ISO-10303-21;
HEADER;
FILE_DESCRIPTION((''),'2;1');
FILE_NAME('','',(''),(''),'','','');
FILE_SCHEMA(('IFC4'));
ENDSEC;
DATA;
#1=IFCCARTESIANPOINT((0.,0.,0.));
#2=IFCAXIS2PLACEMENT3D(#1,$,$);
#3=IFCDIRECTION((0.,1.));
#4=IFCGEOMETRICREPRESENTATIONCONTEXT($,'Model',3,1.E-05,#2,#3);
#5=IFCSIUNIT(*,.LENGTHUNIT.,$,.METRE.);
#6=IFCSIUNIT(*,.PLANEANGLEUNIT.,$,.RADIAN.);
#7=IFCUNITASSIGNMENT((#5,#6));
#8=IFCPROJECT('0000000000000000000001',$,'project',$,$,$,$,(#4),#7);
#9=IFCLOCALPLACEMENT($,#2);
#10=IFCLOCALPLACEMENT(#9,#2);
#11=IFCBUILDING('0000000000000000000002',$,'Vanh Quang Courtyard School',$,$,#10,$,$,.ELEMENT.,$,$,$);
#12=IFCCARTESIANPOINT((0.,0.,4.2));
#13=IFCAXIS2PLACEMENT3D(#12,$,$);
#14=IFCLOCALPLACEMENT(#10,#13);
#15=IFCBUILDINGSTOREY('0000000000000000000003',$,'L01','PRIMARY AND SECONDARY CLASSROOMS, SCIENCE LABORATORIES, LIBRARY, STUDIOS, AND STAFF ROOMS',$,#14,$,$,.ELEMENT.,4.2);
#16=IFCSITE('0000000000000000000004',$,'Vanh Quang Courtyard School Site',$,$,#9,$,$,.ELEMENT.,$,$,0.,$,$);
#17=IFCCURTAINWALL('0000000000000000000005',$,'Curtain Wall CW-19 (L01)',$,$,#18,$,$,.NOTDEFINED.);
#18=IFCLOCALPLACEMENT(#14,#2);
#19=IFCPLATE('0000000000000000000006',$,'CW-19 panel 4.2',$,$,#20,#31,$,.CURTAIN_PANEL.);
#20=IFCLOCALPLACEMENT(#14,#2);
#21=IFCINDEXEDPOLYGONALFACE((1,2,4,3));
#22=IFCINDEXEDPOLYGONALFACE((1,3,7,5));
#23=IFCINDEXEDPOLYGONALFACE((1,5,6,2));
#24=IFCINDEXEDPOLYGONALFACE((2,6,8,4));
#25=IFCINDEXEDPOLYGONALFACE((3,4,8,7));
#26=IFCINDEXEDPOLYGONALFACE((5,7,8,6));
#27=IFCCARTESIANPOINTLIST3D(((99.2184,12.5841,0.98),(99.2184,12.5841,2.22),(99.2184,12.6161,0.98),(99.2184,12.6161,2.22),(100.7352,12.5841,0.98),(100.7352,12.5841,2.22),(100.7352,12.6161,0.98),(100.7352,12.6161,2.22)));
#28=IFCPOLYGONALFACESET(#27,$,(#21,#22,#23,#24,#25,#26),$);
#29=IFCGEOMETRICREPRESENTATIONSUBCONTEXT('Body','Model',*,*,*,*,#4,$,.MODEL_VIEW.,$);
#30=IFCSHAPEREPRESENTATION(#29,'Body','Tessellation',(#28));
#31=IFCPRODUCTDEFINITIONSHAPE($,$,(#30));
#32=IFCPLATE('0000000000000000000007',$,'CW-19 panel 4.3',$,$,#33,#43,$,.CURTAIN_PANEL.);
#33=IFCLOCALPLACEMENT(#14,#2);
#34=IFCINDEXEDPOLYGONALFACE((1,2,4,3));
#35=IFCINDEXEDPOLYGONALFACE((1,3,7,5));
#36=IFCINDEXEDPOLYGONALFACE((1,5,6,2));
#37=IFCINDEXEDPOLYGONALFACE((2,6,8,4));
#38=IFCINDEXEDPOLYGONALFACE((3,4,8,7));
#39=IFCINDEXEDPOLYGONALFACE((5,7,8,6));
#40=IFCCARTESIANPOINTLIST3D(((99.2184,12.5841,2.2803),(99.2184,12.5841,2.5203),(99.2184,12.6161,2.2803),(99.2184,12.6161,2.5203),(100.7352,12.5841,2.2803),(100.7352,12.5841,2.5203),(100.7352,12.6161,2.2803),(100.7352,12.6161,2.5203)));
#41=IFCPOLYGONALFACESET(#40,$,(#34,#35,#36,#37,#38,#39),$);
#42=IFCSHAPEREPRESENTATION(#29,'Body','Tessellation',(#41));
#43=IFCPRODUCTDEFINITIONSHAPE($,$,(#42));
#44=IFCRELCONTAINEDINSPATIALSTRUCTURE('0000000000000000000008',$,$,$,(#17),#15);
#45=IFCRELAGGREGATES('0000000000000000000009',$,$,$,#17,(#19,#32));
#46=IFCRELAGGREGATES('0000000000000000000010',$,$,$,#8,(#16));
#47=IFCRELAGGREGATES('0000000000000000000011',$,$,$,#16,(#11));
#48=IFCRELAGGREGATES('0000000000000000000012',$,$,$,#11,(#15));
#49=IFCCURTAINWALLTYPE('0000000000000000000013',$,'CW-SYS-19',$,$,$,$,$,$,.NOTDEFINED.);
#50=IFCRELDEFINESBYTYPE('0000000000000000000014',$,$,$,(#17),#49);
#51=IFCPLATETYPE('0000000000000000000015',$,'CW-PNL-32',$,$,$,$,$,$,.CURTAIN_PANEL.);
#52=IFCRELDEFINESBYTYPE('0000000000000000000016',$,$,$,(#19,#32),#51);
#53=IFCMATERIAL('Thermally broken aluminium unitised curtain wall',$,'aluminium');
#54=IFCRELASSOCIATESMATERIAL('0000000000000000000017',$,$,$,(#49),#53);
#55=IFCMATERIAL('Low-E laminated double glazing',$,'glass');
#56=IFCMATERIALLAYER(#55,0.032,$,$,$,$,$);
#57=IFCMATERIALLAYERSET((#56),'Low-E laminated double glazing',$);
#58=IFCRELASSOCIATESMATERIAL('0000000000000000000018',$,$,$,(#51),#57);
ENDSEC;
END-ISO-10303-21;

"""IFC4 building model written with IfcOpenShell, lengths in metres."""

from ifc_helpers import new_model, si_unit, direction, frame, origin, origin_2d, place, context, subcontext, project, spatial, rectangle, extrude, material, layer, layer_set, type_object, element, aggregate, save


model = new_model("IFC4")

# Units and contexts
model_context = context("Model", 3, precision=1e-05, world=origin(), true_north=direction((0.0, 1.0)))
body_context = subcontext(model_context, "Body", "Model", "MODEL_VIEW")
ifc_project = project(units=[si_unit("LENGTHUNIT", "METRE"), si_unit("PLANEANGLEUNIT", "RADIAN")], contexts=[model_context])

# Site, building, storey
site_placement = place(None, origin())
site = spatial("IfcSite", under=ifc_project, at=site_placement, Name="Vanh Quang Courtyard School Site", CompositionType="ELEMENT", RefElevation=0.0)
building_placement = place(site_placement, origin())
building = spatial("IfcBuilding", under=site, at=building_placement, Name="Vanh Quang Courtyard School", CompositionType="ELEMENT")
storey_placement = place(building_placement, frame((0.0, 0.0, 4.2)))
storey = spatial("IfcBuildingStorey", under=building, at=storey_placement, Name="L01", Description="PRIMARY AND SECONDARY CLASSROOMS, SCIENCE LABORATORIES, LIBRARY, STUDIOS, AND STAFF ROOMS", CompositionType="ELEMENT", Elevation=4.2)

# Curtain wall
ifc_material_1 = material(Name="Thermally broken aluminium unitised curtain wall", Category="aluminium")
curtain_wall_type_1 = type_object("IfcCurtainWallType", Name="CW-SYS-19", PredefinedType="NOTDEFINED", material=ifc_material_1)
curtain_wall_1_placement = place(storey_placement, origin())
curtain_wall_1 = element("IfcCurtainWall", 1, at=curtain_wall_1_placement, inside=storey, type_object=curtain_wall_type_1, Name="Curtain Wall CW-19 (L01)", PredefinedType="NOTDEFINED")

# Plates
ifc_material_2 = material(Name="Low-E laminated double glazing", Category="glass")
ifc_layer = layer(ifc_material_2, 0.032)
ifc_layer_set = layer_set([ifc_layer], Name="Low-E laminated double glazing")
plate_type = type_object("IfcPlateType", Name="CW-PNL-32", PredefinedType="CURTAIN_PANEL", material=ifc_layer_set)
plate_1_placement = place(storey_placement, frame((99.9768, 12.6001, 0.98), z_axis=(0.0, 0.0, 1.0), x_axis=(1.0, 0.0, 0.0)))
plate_1 = element("IfcPlate", 2, at=plate_1_placement, type_object=plate_type, Name="CW-19 panel 4.2", PredefinedType="CURTAIN_PANEL", context=body_context, shape_type="SweptSolid", body=[
    extrude(rectangle(XDim=1.5168, YDim=0.032, at=origin_2d()), origin(), (0.0, 0.0, 1.0), 1.24),
])
plate_2_placement = place(storey_placement, frame((99.9768, 12.6001, 2.2803), z_axis=(0.0, 0.0, 1.0), x_axis=(1.0, 0.0, 0.0)))
plate_2 = element("IfcPlate", 3, at=plate_2_placement, type_object=plate_type, Name="CW-19 panel 4.3", PredefinedType="CURTAIN_PANEL", context=body_context, shape_type="SweptSolid", body=[
    extrude(rectangle(XDim=1.5168, YDim=0.032, at=origin_2d()), origin(), (0.0, 0.0, 1.0), 0.24),
])
aggregate(curtain_wall_1, [plate_1, plate_2])

save(model, "model.ifc")
